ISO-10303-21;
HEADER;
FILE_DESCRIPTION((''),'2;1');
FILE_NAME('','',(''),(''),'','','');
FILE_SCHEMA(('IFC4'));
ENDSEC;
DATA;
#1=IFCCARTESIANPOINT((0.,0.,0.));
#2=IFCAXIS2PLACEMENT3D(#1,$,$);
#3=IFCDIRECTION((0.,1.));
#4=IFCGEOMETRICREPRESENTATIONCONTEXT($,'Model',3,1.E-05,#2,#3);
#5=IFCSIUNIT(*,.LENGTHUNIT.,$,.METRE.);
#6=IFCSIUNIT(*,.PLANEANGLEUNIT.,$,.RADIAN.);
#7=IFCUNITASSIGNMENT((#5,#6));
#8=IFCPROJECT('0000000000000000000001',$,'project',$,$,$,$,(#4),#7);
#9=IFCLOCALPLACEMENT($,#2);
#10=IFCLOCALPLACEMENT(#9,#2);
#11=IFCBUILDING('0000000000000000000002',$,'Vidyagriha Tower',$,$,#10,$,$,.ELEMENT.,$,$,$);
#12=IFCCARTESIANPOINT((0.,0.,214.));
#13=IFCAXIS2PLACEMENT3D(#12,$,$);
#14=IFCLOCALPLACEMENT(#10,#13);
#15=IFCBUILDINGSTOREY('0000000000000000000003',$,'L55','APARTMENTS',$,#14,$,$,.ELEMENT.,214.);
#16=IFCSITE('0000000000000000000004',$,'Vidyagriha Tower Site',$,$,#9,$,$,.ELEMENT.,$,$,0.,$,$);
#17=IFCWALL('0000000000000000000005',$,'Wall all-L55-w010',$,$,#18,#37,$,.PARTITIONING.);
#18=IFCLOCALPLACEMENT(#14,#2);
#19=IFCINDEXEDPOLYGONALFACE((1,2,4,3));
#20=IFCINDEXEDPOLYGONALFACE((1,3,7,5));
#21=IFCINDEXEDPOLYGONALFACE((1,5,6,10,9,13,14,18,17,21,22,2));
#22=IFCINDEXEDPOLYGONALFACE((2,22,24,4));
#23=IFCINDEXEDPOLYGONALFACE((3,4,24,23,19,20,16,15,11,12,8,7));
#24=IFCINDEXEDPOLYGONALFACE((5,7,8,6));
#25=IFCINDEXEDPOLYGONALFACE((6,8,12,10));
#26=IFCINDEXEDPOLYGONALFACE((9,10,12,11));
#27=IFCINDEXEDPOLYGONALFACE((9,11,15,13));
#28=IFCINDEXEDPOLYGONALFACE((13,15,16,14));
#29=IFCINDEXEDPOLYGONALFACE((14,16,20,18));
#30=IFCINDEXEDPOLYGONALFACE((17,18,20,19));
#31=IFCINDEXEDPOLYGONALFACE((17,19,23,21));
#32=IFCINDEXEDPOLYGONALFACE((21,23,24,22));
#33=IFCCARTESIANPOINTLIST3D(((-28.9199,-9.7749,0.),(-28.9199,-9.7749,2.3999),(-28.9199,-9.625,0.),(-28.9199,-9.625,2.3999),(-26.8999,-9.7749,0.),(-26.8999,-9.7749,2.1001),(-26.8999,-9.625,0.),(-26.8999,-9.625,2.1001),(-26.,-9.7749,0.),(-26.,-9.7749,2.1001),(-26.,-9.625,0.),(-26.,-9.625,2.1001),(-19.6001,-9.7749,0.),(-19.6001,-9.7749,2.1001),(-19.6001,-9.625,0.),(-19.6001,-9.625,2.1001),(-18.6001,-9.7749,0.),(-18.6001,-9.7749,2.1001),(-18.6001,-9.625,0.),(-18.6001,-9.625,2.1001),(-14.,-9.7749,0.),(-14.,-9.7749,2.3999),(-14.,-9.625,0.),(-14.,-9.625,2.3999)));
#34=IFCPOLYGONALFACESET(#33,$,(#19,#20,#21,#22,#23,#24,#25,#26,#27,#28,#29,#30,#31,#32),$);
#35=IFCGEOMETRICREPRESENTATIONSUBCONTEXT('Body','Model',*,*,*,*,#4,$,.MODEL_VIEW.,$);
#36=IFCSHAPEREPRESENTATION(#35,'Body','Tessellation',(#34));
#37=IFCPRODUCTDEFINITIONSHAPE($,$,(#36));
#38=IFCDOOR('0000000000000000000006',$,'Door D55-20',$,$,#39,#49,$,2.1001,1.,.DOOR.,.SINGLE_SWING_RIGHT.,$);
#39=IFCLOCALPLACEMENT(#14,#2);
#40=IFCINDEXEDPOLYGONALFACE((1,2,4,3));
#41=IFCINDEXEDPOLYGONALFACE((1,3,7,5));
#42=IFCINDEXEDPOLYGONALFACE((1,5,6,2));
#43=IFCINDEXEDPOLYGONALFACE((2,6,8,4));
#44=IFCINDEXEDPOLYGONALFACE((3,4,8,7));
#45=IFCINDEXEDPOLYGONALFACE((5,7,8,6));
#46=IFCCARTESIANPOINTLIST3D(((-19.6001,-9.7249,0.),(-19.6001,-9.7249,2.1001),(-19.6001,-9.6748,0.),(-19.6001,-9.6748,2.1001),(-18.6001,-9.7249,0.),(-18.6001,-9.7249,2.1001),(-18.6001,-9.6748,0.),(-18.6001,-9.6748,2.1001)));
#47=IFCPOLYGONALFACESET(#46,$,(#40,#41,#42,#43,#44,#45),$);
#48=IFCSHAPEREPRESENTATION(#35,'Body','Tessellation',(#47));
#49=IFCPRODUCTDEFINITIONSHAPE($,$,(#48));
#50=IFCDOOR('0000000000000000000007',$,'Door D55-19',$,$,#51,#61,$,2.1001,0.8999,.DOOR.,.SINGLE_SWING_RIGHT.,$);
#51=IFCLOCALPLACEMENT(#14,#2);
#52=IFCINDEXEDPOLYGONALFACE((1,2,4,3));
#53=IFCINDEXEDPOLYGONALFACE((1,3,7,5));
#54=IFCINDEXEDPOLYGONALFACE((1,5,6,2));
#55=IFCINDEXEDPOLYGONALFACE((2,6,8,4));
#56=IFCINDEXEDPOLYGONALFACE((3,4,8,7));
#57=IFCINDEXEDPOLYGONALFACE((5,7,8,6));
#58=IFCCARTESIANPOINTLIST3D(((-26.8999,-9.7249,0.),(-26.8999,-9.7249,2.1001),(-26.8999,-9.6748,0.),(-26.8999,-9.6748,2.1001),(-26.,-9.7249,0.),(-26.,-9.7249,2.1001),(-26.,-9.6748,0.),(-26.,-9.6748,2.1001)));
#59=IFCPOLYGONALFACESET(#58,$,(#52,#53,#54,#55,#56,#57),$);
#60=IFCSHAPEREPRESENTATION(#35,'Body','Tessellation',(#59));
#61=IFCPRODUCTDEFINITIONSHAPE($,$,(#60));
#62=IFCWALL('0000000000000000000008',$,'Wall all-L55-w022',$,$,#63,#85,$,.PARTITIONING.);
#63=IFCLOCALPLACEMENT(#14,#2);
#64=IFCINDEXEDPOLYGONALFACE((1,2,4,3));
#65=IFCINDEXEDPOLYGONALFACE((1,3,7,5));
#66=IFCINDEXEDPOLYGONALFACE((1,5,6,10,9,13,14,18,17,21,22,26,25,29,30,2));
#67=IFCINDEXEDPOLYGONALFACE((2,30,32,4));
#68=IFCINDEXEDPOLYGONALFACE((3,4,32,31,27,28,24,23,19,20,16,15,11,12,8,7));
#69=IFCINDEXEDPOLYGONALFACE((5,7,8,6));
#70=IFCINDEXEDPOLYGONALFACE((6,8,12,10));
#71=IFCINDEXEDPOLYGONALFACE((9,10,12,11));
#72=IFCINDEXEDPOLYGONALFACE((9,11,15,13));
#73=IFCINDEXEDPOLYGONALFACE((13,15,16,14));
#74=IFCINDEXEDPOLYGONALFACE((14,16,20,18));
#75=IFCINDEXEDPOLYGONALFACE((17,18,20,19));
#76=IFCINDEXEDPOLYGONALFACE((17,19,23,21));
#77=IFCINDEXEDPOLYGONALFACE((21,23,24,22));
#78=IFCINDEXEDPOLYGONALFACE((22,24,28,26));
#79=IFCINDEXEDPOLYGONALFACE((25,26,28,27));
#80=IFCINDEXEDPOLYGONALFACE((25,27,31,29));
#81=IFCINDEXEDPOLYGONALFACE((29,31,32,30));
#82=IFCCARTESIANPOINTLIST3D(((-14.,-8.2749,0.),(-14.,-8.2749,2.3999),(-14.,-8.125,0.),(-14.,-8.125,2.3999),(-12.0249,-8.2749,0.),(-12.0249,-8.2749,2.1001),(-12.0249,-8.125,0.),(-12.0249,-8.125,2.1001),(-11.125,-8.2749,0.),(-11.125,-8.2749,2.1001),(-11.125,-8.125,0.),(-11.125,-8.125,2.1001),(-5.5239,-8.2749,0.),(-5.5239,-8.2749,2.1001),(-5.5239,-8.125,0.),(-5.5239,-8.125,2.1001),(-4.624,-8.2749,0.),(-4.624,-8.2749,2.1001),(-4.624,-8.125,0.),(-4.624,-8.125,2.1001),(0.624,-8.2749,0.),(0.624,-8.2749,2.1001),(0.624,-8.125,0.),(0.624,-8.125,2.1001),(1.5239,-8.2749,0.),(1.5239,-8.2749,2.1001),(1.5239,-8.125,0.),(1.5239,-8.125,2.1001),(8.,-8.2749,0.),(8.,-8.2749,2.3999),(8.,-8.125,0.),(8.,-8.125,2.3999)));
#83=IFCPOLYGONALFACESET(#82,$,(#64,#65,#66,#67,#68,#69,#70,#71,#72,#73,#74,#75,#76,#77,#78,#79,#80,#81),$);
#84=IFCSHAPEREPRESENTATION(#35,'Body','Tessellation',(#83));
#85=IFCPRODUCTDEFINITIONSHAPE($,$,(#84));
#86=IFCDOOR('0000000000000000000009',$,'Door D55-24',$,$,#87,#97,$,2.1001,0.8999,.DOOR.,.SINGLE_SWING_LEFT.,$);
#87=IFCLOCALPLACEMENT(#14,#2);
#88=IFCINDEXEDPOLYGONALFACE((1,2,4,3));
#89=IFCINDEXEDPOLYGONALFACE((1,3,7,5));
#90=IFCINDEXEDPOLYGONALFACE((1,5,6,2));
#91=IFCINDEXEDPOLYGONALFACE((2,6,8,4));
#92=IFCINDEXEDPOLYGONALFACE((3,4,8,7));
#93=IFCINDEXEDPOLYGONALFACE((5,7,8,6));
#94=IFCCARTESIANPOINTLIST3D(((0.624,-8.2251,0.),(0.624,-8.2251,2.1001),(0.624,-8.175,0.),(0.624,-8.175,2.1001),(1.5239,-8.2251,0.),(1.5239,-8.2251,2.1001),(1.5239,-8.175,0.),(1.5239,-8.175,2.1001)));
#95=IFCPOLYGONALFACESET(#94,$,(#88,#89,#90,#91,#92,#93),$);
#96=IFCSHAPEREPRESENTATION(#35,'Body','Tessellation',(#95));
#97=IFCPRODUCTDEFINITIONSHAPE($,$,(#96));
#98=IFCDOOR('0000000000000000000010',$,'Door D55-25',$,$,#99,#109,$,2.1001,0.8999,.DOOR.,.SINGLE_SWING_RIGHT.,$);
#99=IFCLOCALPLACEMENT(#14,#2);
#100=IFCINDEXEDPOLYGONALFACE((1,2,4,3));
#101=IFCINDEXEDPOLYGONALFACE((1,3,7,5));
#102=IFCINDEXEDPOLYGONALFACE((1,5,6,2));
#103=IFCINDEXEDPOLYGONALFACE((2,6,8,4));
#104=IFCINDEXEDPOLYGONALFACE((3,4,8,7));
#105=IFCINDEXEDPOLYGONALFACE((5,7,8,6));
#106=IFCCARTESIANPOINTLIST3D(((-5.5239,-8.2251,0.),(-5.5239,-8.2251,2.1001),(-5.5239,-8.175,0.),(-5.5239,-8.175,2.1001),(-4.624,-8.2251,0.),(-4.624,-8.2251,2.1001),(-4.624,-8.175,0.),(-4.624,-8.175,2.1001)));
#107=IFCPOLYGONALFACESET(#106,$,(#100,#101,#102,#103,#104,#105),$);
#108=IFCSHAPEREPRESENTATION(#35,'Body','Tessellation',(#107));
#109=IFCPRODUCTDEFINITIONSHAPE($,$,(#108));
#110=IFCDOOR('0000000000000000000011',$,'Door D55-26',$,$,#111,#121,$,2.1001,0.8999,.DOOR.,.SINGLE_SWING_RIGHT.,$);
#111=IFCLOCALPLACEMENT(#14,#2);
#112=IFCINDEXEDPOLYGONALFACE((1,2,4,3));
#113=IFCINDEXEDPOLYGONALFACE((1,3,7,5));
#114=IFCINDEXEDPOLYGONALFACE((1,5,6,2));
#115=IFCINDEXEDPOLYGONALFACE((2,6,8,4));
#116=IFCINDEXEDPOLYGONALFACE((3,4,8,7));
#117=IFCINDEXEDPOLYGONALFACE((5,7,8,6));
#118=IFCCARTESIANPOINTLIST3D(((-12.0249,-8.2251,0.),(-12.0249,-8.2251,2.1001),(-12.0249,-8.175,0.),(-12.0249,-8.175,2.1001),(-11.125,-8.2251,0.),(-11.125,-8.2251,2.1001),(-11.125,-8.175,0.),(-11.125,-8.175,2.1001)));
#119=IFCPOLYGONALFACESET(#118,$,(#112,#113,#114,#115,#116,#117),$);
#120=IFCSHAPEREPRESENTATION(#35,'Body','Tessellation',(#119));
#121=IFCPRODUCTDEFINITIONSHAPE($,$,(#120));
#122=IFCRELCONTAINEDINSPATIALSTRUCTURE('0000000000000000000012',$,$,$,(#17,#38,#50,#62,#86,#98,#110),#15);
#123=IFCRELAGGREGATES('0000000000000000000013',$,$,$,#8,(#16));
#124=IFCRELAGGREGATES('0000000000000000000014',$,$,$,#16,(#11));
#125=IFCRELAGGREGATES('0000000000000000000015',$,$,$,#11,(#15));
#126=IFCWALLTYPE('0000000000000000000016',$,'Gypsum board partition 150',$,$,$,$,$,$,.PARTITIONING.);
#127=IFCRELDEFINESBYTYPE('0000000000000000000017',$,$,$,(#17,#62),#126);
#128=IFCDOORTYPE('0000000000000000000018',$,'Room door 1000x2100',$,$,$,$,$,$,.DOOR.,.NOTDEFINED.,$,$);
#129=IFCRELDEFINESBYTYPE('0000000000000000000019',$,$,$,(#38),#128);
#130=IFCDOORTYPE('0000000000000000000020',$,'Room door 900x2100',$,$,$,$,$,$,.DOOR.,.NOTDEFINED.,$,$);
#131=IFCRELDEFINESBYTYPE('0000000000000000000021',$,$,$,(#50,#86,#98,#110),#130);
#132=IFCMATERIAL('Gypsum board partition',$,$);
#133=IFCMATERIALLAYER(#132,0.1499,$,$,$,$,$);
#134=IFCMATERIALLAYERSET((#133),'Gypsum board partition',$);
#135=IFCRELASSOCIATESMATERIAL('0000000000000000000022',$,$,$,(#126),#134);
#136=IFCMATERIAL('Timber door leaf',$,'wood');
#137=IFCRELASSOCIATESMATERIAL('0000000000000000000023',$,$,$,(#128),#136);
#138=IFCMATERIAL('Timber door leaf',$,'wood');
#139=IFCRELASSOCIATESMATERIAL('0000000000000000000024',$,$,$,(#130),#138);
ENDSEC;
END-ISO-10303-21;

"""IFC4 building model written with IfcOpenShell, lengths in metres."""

from ifc_helpers import new_model, si_unit, direction, frame, frame_2d, origin, place, context, subcontext, project, spatial, rectangle, extrude, material, layer, layer_set, type_object, element, fill, save


model = new_model("IFC4")

# Units and contexts
model_context = context("Model", 3, precision=1e-05, world=origin(), true_north=direction((0.0, 1.0)))
body_context = subcontext(model_context, "Body", "Model", "MODEL_VIEW")
ifc_project = project(units=[si_unit("LENGTHUNIT", "METRE"), si_unit("PLANEANGLEUNIT", "RADIAN")], contexts=[model_context])

# Site, building, storey
site_placement = place(None, origin())
site = spatial("IfcSite", under=ifc_project, at=site_placement, Name="Vidyagriha Tower Site", CompositionType="ELEMENT", RefElevation=0.0)
building_placement = place(site_placement, origin())
building = spatial("IfcBuilding", under=site, at=building_placement, Name="Vidyagriha Tower", CompositionType="ELEMENT")
storey_placement = place(building_placement, frame((0.0, 0.0, 214.0)))
storey = spatial("IfcBuildingStorey", under=building, at=storey_placement, Name="L55", Description="APARTMENTS", CompositionType="ELEMENT", Elevation=214.0)

# Shared definitions
ifc_material_1 = material(Name="Gypsum board partition")
ifc_layer_1 = layer(ifc_material_1, 0.1499)
ifc_layer_set_1 = layer_set([ifc_layer_1], Name="Gypsum board partition")
wall_type_1 = type_object("IfcWallType", Name="Gypsum board partition 150", PredefinedType="PARTITIONING", material=ifc_layer_set_1)

# Walls, openings, doors
wall_1_placement = place(storey_placement, frame((-14.0, -9.7, 0.0), z_axis=(0.0, 0.0, 1.0), x_axis=(-1.0, 0.0, 0.0)))
wall_1 = element("IfcWall", 1, at=wall_1_placement, inside=storey, type_object=wall_type_1, Name="Wall all-L55-w010", PredefinedType="PARTITIONING", context=body_context, shape_type="SweptSolid", body=[
    extrude(rectangle(XDim=14.9199, YDim=0.1499, at=frame_2d((7.46, 0.0))), origin(), (0.0, 0.0, 1.0), 2.3999),
])
opening_1_placement = place(wall_1_placement, frame((12.0, 0.0, 0.0)))
opening_1 = element("IfcOpeningElement", 2, at=opening_1_placement, cuts=wall_1, PredefinedType="OPENING", context=body_context, shape_type="SweptSolid", body=[
    extrude(rectangle(XDim=0.8999, YDim=2.1001, at=frame_2d((0.45, 1.05))), frame((0.0, 0.085, 0.0), z_axis=(0.0, -1.0, 0.0), x_axis=(1.0, 0.0, 0.0)), (0.0, 0.0, 1.0), 0.1699),
])
opening_2_placement = place(wall_1_placement, frame((4.6001, 0.0, 0.0)))
opening_2 = element("IfcOpeningElement", 3, at=opening_2_placement, cuts=wall_1, PredefinedType="OPENING", context=body_context, shape_type="SweptSolid", body=[
    extrude(rectangle(XDim=1.0, YDim=2.1001, at=frame_2d((0.5, 1.05))), frame((0.0, 0.085, 0.0), z_axis=(0.0, -1.0, 0.0), x_axis=(1.0, 0.0, 0.0)), (0.0, 0.0, 1.0), 0.1699),
])
ifc_material_2 = material(Name="Timber door leaf", Category="wood")
door_type_1 = type_object("IfcDoorType", Name="Room door 1000x2100", OperationType="NOTDEFINED", PredefinedType="DOOR", material=ifc_material_2)
door_1_placement = place(opening_2_placement, origin())
door_1 = element("IfcDoor", 4, at=door_1_placement, inside=storey, type_object=door_type_1, Name="Door D55-20", OperationType="SINGLE_SWING_RIGHT", OverallHeight=2.1001, OverallWidth=1.0, PredefinedType="DOOR", context=body_context, shape_type="SweptSolid", body=[
    extrude(rectangle(XDim=1.0, YDim=2.1001, at=frame_2d((0.5, 1.05))), frame((0.0, 0.0249, 0.0), z_axis=(0.0, -1.0, 0.0), x_axis=(1.0, 0.0, 0.0)), (0.0, 0.0, 1.0), 0.05),
])
fill(opening_2, door_1)
ifc_material_3 = material(Name="Timber door leaf", Category="wood")
door_type_2 = type_object("IfcDoorType", Name="Room door 900x2100", OperationType="NOTDEFINED", PredefinedType="DOOR", material=ifc_material_3)
door_2_placement = place(opening_1_placement, origin())
door_2 = element("IfcDoor", 5, at=door_2_placement, inside=storey, type_object=door_type_2, Name="Door D55-19", OperationType="SINGLE_SWING_RIGHT", OverallHeight=2.1001, OverallWidth=0.8999, PredefinedType="DOOR", context=body_context, shape_type="SweptSolid", body=[
    extrude(rectangle(XDim=0.8999, YDim=2.1001, at=frame_2d((0.45, 1.05))), frame((0.0, 0.0249, 0.0), z_axis=(0.0, -1.0, 0.0), x_axis=(1.0, 0.0, 0.0)), (0.0, 0.0, 1.0), 0.05),
])
fill(opening_1, door_2)
wall_2_placement = place(storey_placement, frame((-14.0, -8.2, 0.0)))
wall_2 = element("IfcWall", 6, at=wall_2_placement, inside=storey, type_object=wall_type_1, Name="Wall all-L55-w022", PredefinedType="PARTITIONING", context=body_context, shape_type="SweptSolid", body=[
    extrude(rectangle(XDim=22.0, YDim=0.1499, at=frame_2d((11.0, 0.0))), origin(), (0.0, 0.0, 1.0), 2.3999),
])
opening_3_placement = place(wall_2_placement, frame((14.624, 0.0, 0.0)))
opening_3 = element("IfcOpeningElement", 7, at=opening_3_placement, cuts=wall_2, PredefinedType="OPENING", context=body_context, shape_type="SweptSolid", body=[
    extrude(rectangle(XDim=0.8999, YDim=2.1001, at=frame_2d((0.45, 1.05))), frame((0.0, 0.085, 0.0), z_axis=(0.0, -1.0, 0.0), x_axis=(1.0, 0.0, 0.0)), (0.0, 0.0, 1.0), 0.1699),
])
opening_4_placement = place(wall_2_placement, frame((8.4761, 0.0, 0.0)))
opening_4 = element("IfcOpeningElement", 8, at=opening_4_placement, cuts=wall_2, PredefinedType="OPENING", context=body_context, shape_type="SweptSolid", body=[
    extrude(rectangle(XDim=0.8999, YDim=2.1001, at=frame_2d((0.45, 1.05))), frame((0.0, 0.085, 0.0), z_axis=(0.0, -1.0, 0.0), x_axis=(1.0, 0.0, 0.0)), (0.0, 0.0, 1.0), 0.1699),
])
opening_5_placement = place(wall_2_placement, frame((1.9751, 0.0, 0.0)))
opening_5 = element("IfcOpeningElement", 9, at=opening_5_placement, cuts=wall_2, PredefinedType="OPENING", context=body_context, shape_type="SweptSolid", body=[
    extrude(rectangle(XDim=0.8999, YDim=2.1001, at=frame_2d((0.45, 1.05))), frame((0.0, 0.085, 0.0), z_axis=(0.0, -1.0, 0.0), x_axis=(1.0, 0.0, 0.0)), (0.0, 0.0, 1.0), 0.1699),
])
door_3_placement = place(opening_3_placement, origin())
door_3 = element("IfcDoor", 10, at=door_3_placement, inside=storey, type_object=door_type_2, Name="Door D55-24", OperationType="SINGLE_SWING_LEFT", OverallHeight=2.1001, OverallWidth=0.8999, PredefinedType="DOOR", context=body_context, shape_type="SweptSolid", body=[
    extrude(rectangle(XDim=0.8999, YDim=2.1001, at=frame_2d((0.45, 1.05))), frame((0.0, 0.0249, 0.0), z_axis=(0.0, -1.0, 0.0), x_axis=(1.0, 0.0, 0.0)), (0.0, 0.0, 1.0), 0.05),
])
fill(opening_3, door_3)
door_4_placement = place(opening_4_placement, origin())
door_4 = element("IfcDoor", 11, at=door_4_placement, inside=storey, type_object=door_type_2, Name="Door D55-25", OperationType="SINGLE_SWING_RIGHT", OverallHeight=2.1001, OverallWidth=0.8999, PredefinedType="DOOR", context=body_context, shape_type="SweptSolid", body=[
    extrude(rectangle(XDim=0.8999, YDim=2.1001, at=frame_2d((0.45, 1.05))), frame((0.0, 0.0249, 0.0), z_axis=(0.0, -1.0, 0.0), x_axis=(1.0, 0.0, 0.0)), (0.0, 0.0, 1.0), 0.05),
])
fill(opening_4, door_4)
door_5_placement = place(opening_5_placement, origin())
door_5 = element("IfcDoor", 12, at=door_5_placement, inside=storey, type_object=door_type_2, Name="Door D55-26", OperationType="SINGLE_SWING_RIGHT", OverallHeight=2.1001, OverallWidth=0.8999, PredefinedType="DOOR", context=body_context, shape_type="SweptSolid", body=[
    extrude(rectangle(XDim=0.8999, YDim=2.1001, at=frame_2d((0.45, 1.05))), frame((0.0, 0.0249, 0.0), z_axis=(0.0, -1.0, 0.0), x_axis=(1.0, 0.0, 0.0)), (0.0, 0.0, 1.0), 0.05),
])
fill(opening_5, door_5)

save(model, "model.ifc")
